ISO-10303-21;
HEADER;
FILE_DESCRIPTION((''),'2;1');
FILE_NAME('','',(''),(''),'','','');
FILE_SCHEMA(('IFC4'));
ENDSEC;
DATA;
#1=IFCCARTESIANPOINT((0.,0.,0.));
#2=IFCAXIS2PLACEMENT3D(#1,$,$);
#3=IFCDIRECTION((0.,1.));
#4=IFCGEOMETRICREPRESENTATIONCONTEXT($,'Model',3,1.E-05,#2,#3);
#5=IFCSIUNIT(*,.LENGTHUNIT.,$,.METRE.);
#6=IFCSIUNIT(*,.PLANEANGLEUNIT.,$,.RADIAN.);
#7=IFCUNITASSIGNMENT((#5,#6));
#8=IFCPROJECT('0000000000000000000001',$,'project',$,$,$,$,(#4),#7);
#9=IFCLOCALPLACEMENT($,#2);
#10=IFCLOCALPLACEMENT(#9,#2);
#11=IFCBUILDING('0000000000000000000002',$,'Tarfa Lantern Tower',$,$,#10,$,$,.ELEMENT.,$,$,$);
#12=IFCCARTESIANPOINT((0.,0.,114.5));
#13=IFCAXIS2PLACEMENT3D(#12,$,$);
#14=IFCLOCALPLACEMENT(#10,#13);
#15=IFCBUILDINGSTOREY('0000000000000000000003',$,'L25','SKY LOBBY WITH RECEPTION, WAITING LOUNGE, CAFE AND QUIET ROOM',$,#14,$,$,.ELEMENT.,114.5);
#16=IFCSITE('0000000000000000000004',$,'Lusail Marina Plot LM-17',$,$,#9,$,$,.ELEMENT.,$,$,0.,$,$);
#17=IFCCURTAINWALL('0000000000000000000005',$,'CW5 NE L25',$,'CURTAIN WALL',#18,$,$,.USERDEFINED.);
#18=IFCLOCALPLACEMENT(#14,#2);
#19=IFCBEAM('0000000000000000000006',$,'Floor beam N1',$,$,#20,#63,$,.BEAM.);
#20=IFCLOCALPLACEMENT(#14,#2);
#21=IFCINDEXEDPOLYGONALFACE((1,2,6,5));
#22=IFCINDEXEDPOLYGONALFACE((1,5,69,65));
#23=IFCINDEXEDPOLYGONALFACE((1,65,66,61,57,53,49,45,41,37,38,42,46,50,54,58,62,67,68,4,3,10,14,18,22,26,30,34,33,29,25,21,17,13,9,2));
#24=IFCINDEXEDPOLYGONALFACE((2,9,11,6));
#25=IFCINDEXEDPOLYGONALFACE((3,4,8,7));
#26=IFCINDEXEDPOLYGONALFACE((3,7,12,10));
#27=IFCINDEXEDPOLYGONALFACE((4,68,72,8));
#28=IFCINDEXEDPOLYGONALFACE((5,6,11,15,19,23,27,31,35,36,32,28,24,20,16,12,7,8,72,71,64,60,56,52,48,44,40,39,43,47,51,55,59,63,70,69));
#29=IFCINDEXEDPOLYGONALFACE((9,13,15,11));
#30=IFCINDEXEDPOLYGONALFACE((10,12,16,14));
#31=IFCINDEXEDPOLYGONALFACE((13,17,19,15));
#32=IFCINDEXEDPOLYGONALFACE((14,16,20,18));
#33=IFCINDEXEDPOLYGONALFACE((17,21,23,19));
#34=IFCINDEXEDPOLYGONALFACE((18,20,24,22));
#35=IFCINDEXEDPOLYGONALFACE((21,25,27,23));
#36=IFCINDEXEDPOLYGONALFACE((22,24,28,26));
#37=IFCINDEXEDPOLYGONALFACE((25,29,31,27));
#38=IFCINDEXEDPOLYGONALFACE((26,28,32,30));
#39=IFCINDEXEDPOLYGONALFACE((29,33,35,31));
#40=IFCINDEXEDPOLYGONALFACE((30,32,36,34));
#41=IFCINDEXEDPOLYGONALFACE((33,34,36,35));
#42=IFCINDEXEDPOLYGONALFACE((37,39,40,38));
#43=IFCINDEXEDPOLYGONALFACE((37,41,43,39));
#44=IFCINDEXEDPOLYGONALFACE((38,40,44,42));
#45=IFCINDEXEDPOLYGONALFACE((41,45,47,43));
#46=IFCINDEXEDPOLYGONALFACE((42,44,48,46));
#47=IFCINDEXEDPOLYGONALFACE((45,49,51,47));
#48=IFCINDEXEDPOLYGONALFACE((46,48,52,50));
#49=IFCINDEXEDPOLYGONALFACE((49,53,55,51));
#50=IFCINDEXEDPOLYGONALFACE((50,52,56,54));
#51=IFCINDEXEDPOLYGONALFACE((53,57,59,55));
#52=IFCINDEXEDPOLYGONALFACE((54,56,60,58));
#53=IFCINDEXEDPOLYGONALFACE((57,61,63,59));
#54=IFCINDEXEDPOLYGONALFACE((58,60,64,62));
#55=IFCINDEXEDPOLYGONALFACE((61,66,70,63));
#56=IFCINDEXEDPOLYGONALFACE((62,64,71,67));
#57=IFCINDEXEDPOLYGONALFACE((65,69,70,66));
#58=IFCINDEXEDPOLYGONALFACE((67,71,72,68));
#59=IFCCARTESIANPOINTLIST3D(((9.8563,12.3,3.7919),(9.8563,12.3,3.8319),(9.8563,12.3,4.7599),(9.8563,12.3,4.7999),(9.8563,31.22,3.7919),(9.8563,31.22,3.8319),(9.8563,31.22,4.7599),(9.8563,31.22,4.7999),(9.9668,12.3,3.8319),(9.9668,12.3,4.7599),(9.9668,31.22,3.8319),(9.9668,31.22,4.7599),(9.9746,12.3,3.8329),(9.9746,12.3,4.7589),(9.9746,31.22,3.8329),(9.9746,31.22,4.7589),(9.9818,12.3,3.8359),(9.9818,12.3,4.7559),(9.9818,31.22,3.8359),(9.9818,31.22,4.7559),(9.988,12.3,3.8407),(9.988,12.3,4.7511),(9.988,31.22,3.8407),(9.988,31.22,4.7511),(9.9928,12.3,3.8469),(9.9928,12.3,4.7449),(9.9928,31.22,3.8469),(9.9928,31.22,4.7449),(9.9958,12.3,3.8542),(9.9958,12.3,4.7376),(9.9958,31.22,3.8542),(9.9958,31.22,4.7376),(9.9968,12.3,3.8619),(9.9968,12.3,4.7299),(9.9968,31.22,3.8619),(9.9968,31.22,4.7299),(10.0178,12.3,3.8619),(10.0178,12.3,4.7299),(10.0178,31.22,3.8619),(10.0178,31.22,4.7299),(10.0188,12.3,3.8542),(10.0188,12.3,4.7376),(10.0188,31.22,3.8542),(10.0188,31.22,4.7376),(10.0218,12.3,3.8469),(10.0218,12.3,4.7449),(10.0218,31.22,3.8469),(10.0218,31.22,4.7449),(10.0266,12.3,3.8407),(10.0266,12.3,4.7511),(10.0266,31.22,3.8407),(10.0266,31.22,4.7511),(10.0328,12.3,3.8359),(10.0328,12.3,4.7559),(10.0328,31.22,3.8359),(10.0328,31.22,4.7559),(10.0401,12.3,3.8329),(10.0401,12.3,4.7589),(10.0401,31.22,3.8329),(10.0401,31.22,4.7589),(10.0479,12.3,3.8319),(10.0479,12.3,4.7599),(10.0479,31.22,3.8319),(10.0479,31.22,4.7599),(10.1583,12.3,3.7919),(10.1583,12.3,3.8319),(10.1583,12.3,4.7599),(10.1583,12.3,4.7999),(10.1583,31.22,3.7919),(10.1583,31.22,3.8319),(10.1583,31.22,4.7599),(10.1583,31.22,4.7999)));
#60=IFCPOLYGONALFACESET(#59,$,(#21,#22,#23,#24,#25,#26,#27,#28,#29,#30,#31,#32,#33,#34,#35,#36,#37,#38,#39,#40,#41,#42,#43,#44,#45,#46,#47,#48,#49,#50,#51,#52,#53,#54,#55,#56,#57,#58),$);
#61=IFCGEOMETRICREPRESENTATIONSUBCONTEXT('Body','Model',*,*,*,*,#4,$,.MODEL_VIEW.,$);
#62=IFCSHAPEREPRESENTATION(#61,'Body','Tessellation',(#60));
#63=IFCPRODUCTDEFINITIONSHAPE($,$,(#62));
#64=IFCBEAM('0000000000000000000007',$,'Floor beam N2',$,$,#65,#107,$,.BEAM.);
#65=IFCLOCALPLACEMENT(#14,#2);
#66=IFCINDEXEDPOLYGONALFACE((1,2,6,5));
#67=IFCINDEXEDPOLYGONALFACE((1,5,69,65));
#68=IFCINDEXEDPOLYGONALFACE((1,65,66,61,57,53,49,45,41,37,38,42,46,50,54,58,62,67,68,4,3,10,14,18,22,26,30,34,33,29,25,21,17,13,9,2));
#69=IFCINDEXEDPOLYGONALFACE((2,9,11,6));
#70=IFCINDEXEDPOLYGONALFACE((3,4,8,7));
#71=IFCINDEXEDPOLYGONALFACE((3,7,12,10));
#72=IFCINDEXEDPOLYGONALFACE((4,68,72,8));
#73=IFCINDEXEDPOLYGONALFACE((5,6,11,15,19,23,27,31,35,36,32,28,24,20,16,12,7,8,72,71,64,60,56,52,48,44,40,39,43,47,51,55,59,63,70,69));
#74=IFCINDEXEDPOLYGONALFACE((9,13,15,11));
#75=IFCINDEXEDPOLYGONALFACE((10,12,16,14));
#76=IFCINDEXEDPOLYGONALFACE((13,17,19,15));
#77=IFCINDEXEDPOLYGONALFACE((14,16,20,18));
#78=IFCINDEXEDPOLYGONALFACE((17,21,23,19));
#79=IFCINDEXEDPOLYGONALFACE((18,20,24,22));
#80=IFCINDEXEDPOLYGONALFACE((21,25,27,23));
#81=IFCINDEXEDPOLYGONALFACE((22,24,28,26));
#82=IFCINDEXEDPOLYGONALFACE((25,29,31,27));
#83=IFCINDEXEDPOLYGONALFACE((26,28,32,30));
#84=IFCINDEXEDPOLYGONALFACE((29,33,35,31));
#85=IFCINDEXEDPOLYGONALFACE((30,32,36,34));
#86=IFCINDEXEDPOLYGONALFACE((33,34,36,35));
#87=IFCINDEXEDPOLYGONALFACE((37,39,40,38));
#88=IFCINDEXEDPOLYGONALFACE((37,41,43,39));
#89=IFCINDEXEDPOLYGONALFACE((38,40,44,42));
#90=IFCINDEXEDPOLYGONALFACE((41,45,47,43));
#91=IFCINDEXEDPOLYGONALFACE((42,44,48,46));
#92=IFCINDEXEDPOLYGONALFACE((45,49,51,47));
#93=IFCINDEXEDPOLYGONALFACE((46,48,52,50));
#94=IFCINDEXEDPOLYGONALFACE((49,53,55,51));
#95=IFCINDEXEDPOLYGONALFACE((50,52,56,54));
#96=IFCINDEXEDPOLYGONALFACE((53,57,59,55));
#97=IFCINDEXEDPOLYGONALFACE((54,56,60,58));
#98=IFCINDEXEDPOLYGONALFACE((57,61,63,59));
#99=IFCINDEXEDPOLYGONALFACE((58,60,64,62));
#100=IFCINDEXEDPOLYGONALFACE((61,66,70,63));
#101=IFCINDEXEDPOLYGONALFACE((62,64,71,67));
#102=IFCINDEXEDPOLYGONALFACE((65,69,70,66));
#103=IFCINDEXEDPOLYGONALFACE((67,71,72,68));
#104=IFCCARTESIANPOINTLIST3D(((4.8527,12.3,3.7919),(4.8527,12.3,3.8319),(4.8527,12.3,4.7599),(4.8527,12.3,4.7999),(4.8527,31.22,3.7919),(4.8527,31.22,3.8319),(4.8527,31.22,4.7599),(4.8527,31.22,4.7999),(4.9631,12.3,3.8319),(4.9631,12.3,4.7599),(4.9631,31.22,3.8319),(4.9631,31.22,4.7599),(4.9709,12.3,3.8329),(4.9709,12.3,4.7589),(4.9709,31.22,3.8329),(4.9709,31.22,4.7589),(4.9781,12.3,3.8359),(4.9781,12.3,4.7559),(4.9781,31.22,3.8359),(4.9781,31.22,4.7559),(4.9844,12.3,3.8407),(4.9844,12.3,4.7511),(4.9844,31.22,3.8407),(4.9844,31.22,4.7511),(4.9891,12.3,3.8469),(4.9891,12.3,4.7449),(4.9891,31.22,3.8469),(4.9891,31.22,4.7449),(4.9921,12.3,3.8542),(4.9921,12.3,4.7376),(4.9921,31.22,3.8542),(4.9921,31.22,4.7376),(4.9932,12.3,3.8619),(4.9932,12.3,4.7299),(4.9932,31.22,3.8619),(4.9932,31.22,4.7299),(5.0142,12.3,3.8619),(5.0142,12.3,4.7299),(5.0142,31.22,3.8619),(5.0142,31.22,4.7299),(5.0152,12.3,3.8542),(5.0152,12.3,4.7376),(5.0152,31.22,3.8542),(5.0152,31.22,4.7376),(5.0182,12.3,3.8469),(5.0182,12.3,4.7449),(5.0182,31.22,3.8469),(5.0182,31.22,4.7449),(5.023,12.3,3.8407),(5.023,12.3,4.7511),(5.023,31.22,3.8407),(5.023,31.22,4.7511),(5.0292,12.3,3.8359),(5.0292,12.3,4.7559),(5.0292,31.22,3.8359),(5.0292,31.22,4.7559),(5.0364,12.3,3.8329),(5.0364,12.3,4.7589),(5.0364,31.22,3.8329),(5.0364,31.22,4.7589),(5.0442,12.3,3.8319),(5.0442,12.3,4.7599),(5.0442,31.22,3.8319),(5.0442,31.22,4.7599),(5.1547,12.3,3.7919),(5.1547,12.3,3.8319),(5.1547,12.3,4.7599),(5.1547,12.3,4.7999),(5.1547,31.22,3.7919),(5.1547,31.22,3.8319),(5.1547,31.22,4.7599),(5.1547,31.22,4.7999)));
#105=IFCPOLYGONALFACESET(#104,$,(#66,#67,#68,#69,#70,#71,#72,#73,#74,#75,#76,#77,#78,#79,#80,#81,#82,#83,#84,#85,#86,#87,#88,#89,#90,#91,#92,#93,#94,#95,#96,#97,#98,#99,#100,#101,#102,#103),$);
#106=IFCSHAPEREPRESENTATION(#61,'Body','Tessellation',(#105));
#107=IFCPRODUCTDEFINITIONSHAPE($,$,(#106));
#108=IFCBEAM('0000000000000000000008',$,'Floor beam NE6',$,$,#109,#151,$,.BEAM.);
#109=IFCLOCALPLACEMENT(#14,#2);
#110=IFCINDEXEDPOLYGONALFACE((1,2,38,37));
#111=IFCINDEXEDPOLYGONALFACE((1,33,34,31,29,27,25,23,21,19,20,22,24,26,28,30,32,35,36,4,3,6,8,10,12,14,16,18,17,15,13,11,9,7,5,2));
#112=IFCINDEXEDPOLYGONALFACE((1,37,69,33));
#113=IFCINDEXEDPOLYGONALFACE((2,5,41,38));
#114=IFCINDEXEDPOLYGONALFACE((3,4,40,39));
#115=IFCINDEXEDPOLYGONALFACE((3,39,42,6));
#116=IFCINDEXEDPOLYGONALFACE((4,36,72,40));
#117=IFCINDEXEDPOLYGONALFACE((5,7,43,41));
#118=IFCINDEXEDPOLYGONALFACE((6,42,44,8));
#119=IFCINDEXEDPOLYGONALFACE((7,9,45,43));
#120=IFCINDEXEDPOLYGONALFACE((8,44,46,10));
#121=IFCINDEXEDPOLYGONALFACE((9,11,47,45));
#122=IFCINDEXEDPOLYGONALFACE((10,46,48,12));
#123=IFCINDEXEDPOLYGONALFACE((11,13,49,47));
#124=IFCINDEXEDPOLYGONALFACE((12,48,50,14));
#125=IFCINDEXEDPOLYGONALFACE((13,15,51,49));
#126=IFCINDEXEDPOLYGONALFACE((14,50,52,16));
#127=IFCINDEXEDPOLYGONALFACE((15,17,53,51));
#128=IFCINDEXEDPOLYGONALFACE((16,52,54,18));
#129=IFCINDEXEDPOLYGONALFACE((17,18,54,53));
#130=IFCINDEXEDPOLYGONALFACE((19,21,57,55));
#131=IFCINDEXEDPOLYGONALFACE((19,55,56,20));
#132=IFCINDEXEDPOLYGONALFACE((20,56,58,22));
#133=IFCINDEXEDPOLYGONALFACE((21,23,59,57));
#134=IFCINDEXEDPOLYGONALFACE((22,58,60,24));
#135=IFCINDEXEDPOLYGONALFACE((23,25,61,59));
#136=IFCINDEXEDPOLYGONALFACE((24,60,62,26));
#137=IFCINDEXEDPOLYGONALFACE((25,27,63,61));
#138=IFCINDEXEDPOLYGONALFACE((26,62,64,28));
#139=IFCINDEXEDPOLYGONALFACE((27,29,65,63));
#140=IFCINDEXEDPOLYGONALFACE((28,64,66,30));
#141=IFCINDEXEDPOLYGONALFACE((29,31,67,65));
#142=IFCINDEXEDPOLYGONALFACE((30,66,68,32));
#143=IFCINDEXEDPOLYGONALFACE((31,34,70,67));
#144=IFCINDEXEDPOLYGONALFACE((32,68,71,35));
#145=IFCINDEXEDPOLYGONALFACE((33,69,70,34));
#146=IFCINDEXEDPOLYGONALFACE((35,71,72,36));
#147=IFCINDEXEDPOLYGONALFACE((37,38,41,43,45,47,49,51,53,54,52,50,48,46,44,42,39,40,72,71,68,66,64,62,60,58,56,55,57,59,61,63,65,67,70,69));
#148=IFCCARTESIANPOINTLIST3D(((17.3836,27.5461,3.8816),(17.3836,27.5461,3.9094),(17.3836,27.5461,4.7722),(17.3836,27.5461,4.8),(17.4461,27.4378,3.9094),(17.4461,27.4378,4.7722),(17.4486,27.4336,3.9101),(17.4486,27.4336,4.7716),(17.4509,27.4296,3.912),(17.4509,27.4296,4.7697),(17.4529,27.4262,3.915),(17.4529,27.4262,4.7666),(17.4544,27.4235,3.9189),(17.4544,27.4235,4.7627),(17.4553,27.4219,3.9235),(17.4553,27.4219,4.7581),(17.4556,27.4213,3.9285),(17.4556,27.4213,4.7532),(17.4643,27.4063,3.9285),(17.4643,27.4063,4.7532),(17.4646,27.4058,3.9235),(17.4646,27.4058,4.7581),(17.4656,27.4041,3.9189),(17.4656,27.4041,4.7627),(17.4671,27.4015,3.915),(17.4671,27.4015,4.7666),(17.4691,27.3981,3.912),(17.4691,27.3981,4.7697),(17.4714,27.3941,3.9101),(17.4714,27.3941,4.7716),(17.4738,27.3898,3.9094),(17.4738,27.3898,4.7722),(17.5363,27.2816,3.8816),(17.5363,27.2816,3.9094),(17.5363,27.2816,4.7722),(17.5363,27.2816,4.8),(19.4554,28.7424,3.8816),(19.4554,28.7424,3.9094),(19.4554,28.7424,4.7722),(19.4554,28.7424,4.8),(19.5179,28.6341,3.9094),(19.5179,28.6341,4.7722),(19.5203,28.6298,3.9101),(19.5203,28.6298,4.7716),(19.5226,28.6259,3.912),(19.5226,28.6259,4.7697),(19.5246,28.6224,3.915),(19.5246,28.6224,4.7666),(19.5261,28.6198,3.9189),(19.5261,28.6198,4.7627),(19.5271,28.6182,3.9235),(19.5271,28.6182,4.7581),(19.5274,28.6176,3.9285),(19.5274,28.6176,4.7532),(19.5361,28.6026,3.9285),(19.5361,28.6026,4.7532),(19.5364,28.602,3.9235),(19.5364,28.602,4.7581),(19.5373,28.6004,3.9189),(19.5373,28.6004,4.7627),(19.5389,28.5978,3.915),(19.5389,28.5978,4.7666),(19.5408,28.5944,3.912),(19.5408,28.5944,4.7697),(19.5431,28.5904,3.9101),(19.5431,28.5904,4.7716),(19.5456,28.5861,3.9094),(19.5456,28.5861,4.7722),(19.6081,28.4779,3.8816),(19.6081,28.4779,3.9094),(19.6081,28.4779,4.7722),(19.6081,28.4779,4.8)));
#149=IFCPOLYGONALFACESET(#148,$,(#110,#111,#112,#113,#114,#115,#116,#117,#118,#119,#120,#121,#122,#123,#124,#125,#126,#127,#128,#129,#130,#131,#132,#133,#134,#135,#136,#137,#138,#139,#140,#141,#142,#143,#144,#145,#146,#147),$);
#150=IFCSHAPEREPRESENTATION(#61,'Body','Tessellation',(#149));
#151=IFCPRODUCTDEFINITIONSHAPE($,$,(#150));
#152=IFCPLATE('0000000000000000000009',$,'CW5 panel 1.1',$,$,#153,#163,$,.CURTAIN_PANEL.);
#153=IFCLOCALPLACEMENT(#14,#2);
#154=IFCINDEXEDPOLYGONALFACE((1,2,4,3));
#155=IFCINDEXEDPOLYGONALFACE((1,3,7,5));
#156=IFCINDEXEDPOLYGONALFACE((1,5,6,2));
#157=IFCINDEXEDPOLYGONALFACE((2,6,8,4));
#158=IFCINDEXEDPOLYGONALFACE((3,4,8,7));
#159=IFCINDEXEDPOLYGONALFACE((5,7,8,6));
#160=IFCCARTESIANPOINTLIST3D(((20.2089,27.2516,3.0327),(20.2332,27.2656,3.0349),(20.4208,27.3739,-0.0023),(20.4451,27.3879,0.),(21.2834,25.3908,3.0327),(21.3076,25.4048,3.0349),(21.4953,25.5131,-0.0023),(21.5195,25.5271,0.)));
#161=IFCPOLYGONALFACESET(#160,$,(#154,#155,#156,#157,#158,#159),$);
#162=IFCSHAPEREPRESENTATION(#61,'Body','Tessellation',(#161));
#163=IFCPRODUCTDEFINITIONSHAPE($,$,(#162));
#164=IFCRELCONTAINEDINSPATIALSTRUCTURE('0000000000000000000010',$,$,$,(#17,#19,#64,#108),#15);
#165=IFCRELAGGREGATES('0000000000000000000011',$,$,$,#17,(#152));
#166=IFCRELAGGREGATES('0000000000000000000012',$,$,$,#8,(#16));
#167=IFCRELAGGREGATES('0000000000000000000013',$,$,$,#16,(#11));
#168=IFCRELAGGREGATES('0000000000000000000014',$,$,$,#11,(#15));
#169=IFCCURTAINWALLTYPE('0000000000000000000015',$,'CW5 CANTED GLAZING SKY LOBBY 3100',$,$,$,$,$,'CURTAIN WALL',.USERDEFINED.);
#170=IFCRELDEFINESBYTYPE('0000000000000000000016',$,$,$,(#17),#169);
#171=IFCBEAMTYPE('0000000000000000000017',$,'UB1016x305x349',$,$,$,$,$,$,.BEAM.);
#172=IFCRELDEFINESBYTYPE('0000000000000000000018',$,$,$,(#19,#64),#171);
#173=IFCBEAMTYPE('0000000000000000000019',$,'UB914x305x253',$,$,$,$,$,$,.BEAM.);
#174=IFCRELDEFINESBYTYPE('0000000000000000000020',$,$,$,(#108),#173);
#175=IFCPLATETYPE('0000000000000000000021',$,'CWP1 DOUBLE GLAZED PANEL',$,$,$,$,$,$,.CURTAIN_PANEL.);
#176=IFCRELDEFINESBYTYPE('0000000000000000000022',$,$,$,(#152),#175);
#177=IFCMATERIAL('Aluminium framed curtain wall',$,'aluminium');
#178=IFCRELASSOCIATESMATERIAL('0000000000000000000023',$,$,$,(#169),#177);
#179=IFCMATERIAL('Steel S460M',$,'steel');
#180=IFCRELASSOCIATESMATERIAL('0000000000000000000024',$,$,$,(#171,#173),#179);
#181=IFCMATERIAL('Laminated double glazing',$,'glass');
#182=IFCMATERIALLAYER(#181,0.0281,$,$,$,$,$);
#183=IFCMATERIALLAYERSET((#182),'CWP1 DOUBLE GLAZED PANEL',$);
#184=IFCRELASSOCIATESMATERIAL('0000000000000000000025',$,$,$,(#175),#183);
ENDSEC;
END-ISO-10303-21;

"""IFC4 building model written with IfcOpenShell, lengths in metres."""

from ifc_helpers import new_model, si_unit, direction, frame, origin, origin_2d, place, context, subcontext, project, spatial, polyline, i_section, outline, extrude, material, layer, layer_set, material_profile, profile_set, type_object, element, aggregate, save


model = new_model("IFC4")

# Units and contexts
model_context = context("Model", 3, precision=1e-05, world=origin(), true_north=direction((0.0, 1.0)))
body_context = subcontext(model_context, "Body", "Model", "MODEL_VIEW")
ifc_project = project(units=[si_unit("LENGTHUNIT", "METRE"), si_unit("PLANEANGLEUNIT", "RADIAN")], contexts=[model_context])

# Site, building, storey
site_placement = place(None, origin())
site = spatial("IfcSite", under=ifc_project, at=site_placement, Name="Lusail Marina Plot LM-17", CompositionType="ELEMENT", RefElevation=0.0)
building_placement = place(site_placement, origin())
building = spatial("IfcBuilding", under=site, at=building_placement, Name="Tarfa Lantern Tower", CompositionType="ELEMENT")
storey_placement = place(building_placement, frame((0.0, 0.0, 114.5)))
storey = spatial("IfcBuildingStorey", under=building, at=storey_placement, Name="L25", Description="SKY LOBBY WITH RECEPTION, WAITING LOUNGE, CAFE AND QUIET ROOM", CompositionType="ELEMENT", Elevation=114.5)

# Curtain wall
ifc_material_1 = material(Name="Aluminium framed curtain wall", Category="aluminium")
curtain_wall_type = type_object("IfcCurtainWallType", Name="CW5 CANTED GLAZING SKY LOBBY 3100", ElementType="CURTAIN WALL", PredefinedType="USERDEFINED", material=ifc_material_1)
curtain_wall_placement = place(storey_placement, origin())
curtain_wall = element("IfcCurtainWall", 1, at=curtain_wall_placement, inside=storey, type_object=curtain_wall_type, Name="CW5 NE L25", ObjectType="CURTAIN WALL", PredefinedType="USERDEFINED")

# Beams
ifc_material_2 = material(Name="Steel S460M", Category="steel")
ifc_material_profile_1 = material_profile(ifc_material_2, i_section(OverallWidth=0.302, OverallDepth=1.0081, WebThickness=0.021, FlangeThickness=0.04, FilletRadius=0.03, at=origin_2d()), Name="UB1016x305x349")
ifc_profile_set_1 = profile_set([ifc_material_profile_1], Name="Steel S460M")
beam_type_1 = type_object("IfcBeamType", Name="UB1016x305x349", PredefinedType="BEAM", material=ifc_profile_set_1)
for number, where, z_axis, x_axis, name in (
    (2, (10.0073, 31.22, 4.2959), (0.0, -1.0, 0.0), (1.0, 0.0, 0.0), "Floor beam N1"),
    (3, (5.0037, 31.22, 4.2959), (0.0, -1.0, 0.0), (1.0, 0.0, 0.0), "Floor beam N2"),
):
    element("IfcBeam", number, at=place(storey_placement, frame(where, z_axis=z_axis, x_axis=x_axis)), inside=storey, type_object=beam_type_1, Name=name, PredefinedType="BEAM", context=body_context, shape_type="SweptSolid", body=[
        extrude(i_section(OverallWidth=0.302, OverallDepth=1.0081, WebThickness=0.021, FlangeThickness=0.04, FilletRadius=0.03, at=origin_2d()), origin(), (0.0, 0.0, 1.0), 18.9199),
    ])
ifc_material_profile_2 = material_profile(ifc_material_2, i_section(OverallWidth=0.3054, OverallDepth=0.9185, WebThickness=0.0173, FlangeThickness=0.0278, FilletRadius=0.019, at=origin_2d()), Name="UB914x305x253")
ifc_profile_set_2 = profile_set([ifc_material_profile_2], Name="Steel S460M")
beam_type_2 = type_object("IfcBeamType", Name="UB914x305x253", PredefinedType="BEAM", material=ifc_profile_set_2)
beam_1_placement = place(storey_placement, frame((19.5317, 28.6101, 4.3408), z_axis=(-0.865999, -0.500046, 0.0), x_axis=(0.500046, -0.865999, 0.0)))
element("IfcBeam", 4, at=beam_1_placement, inside=storey, type_object=beam_type_2, Name="Floor beam NE6", PredefinedType="BEAM", context=body_context, shape_type="SweptSolid", body=[
    extrude(i_section(OverallWidth=0.3054, OverallDepth=0.9185, WebThickness=0.0173, FlangeThickness=0.0278, FilletRadius=0.019, at=origin_2d()), origin(), (0.0, 0.0, 1.0), 2.3923),
])

# Plate
ifc_material_3 = material(Name="Laminated double glazing", Category="glass")
ifc_layer_1 = layer(ifc_material_3, 0.0281)
ifc_layer_set_1 = layer_set([ifc_layer_1], Name="CWP1 DOUBLE GLAZED PANEL")
plate_type = type_object("IfcPlateType", Name="CWP1 DOUBLE GLAZED PANEL", PredefinedType="CURTAIN_PANEL", material=ifc_layer_set_1)
plate_placement = place(storey_placement, frame((21.5195, 25.5271, 0.0), z_axis=(0.863203, 0.49842, 0.080361), x_axis=(-0.500037, 0.866004, 0.0)))
plate = element("IfcPlate", 5, at=plate_placement, type_object=plate_type, Name="CW5 panel 1.1", PredefinedType="CURTAIN_PANEL", context=body_context, shape_type="SweptSolid", body=[
    extrude(outline(polyline([(0.0, 0.0), (2.1488, 0.0), (2.1488, 3.0448), (0.0, 3.0448), (0.0, 0.0)])), origin(), (0.0, 0.0, -1.0), 0.0281),
])
aggregate(curtain_wall, [plate])

save(model, "model.ifc")
